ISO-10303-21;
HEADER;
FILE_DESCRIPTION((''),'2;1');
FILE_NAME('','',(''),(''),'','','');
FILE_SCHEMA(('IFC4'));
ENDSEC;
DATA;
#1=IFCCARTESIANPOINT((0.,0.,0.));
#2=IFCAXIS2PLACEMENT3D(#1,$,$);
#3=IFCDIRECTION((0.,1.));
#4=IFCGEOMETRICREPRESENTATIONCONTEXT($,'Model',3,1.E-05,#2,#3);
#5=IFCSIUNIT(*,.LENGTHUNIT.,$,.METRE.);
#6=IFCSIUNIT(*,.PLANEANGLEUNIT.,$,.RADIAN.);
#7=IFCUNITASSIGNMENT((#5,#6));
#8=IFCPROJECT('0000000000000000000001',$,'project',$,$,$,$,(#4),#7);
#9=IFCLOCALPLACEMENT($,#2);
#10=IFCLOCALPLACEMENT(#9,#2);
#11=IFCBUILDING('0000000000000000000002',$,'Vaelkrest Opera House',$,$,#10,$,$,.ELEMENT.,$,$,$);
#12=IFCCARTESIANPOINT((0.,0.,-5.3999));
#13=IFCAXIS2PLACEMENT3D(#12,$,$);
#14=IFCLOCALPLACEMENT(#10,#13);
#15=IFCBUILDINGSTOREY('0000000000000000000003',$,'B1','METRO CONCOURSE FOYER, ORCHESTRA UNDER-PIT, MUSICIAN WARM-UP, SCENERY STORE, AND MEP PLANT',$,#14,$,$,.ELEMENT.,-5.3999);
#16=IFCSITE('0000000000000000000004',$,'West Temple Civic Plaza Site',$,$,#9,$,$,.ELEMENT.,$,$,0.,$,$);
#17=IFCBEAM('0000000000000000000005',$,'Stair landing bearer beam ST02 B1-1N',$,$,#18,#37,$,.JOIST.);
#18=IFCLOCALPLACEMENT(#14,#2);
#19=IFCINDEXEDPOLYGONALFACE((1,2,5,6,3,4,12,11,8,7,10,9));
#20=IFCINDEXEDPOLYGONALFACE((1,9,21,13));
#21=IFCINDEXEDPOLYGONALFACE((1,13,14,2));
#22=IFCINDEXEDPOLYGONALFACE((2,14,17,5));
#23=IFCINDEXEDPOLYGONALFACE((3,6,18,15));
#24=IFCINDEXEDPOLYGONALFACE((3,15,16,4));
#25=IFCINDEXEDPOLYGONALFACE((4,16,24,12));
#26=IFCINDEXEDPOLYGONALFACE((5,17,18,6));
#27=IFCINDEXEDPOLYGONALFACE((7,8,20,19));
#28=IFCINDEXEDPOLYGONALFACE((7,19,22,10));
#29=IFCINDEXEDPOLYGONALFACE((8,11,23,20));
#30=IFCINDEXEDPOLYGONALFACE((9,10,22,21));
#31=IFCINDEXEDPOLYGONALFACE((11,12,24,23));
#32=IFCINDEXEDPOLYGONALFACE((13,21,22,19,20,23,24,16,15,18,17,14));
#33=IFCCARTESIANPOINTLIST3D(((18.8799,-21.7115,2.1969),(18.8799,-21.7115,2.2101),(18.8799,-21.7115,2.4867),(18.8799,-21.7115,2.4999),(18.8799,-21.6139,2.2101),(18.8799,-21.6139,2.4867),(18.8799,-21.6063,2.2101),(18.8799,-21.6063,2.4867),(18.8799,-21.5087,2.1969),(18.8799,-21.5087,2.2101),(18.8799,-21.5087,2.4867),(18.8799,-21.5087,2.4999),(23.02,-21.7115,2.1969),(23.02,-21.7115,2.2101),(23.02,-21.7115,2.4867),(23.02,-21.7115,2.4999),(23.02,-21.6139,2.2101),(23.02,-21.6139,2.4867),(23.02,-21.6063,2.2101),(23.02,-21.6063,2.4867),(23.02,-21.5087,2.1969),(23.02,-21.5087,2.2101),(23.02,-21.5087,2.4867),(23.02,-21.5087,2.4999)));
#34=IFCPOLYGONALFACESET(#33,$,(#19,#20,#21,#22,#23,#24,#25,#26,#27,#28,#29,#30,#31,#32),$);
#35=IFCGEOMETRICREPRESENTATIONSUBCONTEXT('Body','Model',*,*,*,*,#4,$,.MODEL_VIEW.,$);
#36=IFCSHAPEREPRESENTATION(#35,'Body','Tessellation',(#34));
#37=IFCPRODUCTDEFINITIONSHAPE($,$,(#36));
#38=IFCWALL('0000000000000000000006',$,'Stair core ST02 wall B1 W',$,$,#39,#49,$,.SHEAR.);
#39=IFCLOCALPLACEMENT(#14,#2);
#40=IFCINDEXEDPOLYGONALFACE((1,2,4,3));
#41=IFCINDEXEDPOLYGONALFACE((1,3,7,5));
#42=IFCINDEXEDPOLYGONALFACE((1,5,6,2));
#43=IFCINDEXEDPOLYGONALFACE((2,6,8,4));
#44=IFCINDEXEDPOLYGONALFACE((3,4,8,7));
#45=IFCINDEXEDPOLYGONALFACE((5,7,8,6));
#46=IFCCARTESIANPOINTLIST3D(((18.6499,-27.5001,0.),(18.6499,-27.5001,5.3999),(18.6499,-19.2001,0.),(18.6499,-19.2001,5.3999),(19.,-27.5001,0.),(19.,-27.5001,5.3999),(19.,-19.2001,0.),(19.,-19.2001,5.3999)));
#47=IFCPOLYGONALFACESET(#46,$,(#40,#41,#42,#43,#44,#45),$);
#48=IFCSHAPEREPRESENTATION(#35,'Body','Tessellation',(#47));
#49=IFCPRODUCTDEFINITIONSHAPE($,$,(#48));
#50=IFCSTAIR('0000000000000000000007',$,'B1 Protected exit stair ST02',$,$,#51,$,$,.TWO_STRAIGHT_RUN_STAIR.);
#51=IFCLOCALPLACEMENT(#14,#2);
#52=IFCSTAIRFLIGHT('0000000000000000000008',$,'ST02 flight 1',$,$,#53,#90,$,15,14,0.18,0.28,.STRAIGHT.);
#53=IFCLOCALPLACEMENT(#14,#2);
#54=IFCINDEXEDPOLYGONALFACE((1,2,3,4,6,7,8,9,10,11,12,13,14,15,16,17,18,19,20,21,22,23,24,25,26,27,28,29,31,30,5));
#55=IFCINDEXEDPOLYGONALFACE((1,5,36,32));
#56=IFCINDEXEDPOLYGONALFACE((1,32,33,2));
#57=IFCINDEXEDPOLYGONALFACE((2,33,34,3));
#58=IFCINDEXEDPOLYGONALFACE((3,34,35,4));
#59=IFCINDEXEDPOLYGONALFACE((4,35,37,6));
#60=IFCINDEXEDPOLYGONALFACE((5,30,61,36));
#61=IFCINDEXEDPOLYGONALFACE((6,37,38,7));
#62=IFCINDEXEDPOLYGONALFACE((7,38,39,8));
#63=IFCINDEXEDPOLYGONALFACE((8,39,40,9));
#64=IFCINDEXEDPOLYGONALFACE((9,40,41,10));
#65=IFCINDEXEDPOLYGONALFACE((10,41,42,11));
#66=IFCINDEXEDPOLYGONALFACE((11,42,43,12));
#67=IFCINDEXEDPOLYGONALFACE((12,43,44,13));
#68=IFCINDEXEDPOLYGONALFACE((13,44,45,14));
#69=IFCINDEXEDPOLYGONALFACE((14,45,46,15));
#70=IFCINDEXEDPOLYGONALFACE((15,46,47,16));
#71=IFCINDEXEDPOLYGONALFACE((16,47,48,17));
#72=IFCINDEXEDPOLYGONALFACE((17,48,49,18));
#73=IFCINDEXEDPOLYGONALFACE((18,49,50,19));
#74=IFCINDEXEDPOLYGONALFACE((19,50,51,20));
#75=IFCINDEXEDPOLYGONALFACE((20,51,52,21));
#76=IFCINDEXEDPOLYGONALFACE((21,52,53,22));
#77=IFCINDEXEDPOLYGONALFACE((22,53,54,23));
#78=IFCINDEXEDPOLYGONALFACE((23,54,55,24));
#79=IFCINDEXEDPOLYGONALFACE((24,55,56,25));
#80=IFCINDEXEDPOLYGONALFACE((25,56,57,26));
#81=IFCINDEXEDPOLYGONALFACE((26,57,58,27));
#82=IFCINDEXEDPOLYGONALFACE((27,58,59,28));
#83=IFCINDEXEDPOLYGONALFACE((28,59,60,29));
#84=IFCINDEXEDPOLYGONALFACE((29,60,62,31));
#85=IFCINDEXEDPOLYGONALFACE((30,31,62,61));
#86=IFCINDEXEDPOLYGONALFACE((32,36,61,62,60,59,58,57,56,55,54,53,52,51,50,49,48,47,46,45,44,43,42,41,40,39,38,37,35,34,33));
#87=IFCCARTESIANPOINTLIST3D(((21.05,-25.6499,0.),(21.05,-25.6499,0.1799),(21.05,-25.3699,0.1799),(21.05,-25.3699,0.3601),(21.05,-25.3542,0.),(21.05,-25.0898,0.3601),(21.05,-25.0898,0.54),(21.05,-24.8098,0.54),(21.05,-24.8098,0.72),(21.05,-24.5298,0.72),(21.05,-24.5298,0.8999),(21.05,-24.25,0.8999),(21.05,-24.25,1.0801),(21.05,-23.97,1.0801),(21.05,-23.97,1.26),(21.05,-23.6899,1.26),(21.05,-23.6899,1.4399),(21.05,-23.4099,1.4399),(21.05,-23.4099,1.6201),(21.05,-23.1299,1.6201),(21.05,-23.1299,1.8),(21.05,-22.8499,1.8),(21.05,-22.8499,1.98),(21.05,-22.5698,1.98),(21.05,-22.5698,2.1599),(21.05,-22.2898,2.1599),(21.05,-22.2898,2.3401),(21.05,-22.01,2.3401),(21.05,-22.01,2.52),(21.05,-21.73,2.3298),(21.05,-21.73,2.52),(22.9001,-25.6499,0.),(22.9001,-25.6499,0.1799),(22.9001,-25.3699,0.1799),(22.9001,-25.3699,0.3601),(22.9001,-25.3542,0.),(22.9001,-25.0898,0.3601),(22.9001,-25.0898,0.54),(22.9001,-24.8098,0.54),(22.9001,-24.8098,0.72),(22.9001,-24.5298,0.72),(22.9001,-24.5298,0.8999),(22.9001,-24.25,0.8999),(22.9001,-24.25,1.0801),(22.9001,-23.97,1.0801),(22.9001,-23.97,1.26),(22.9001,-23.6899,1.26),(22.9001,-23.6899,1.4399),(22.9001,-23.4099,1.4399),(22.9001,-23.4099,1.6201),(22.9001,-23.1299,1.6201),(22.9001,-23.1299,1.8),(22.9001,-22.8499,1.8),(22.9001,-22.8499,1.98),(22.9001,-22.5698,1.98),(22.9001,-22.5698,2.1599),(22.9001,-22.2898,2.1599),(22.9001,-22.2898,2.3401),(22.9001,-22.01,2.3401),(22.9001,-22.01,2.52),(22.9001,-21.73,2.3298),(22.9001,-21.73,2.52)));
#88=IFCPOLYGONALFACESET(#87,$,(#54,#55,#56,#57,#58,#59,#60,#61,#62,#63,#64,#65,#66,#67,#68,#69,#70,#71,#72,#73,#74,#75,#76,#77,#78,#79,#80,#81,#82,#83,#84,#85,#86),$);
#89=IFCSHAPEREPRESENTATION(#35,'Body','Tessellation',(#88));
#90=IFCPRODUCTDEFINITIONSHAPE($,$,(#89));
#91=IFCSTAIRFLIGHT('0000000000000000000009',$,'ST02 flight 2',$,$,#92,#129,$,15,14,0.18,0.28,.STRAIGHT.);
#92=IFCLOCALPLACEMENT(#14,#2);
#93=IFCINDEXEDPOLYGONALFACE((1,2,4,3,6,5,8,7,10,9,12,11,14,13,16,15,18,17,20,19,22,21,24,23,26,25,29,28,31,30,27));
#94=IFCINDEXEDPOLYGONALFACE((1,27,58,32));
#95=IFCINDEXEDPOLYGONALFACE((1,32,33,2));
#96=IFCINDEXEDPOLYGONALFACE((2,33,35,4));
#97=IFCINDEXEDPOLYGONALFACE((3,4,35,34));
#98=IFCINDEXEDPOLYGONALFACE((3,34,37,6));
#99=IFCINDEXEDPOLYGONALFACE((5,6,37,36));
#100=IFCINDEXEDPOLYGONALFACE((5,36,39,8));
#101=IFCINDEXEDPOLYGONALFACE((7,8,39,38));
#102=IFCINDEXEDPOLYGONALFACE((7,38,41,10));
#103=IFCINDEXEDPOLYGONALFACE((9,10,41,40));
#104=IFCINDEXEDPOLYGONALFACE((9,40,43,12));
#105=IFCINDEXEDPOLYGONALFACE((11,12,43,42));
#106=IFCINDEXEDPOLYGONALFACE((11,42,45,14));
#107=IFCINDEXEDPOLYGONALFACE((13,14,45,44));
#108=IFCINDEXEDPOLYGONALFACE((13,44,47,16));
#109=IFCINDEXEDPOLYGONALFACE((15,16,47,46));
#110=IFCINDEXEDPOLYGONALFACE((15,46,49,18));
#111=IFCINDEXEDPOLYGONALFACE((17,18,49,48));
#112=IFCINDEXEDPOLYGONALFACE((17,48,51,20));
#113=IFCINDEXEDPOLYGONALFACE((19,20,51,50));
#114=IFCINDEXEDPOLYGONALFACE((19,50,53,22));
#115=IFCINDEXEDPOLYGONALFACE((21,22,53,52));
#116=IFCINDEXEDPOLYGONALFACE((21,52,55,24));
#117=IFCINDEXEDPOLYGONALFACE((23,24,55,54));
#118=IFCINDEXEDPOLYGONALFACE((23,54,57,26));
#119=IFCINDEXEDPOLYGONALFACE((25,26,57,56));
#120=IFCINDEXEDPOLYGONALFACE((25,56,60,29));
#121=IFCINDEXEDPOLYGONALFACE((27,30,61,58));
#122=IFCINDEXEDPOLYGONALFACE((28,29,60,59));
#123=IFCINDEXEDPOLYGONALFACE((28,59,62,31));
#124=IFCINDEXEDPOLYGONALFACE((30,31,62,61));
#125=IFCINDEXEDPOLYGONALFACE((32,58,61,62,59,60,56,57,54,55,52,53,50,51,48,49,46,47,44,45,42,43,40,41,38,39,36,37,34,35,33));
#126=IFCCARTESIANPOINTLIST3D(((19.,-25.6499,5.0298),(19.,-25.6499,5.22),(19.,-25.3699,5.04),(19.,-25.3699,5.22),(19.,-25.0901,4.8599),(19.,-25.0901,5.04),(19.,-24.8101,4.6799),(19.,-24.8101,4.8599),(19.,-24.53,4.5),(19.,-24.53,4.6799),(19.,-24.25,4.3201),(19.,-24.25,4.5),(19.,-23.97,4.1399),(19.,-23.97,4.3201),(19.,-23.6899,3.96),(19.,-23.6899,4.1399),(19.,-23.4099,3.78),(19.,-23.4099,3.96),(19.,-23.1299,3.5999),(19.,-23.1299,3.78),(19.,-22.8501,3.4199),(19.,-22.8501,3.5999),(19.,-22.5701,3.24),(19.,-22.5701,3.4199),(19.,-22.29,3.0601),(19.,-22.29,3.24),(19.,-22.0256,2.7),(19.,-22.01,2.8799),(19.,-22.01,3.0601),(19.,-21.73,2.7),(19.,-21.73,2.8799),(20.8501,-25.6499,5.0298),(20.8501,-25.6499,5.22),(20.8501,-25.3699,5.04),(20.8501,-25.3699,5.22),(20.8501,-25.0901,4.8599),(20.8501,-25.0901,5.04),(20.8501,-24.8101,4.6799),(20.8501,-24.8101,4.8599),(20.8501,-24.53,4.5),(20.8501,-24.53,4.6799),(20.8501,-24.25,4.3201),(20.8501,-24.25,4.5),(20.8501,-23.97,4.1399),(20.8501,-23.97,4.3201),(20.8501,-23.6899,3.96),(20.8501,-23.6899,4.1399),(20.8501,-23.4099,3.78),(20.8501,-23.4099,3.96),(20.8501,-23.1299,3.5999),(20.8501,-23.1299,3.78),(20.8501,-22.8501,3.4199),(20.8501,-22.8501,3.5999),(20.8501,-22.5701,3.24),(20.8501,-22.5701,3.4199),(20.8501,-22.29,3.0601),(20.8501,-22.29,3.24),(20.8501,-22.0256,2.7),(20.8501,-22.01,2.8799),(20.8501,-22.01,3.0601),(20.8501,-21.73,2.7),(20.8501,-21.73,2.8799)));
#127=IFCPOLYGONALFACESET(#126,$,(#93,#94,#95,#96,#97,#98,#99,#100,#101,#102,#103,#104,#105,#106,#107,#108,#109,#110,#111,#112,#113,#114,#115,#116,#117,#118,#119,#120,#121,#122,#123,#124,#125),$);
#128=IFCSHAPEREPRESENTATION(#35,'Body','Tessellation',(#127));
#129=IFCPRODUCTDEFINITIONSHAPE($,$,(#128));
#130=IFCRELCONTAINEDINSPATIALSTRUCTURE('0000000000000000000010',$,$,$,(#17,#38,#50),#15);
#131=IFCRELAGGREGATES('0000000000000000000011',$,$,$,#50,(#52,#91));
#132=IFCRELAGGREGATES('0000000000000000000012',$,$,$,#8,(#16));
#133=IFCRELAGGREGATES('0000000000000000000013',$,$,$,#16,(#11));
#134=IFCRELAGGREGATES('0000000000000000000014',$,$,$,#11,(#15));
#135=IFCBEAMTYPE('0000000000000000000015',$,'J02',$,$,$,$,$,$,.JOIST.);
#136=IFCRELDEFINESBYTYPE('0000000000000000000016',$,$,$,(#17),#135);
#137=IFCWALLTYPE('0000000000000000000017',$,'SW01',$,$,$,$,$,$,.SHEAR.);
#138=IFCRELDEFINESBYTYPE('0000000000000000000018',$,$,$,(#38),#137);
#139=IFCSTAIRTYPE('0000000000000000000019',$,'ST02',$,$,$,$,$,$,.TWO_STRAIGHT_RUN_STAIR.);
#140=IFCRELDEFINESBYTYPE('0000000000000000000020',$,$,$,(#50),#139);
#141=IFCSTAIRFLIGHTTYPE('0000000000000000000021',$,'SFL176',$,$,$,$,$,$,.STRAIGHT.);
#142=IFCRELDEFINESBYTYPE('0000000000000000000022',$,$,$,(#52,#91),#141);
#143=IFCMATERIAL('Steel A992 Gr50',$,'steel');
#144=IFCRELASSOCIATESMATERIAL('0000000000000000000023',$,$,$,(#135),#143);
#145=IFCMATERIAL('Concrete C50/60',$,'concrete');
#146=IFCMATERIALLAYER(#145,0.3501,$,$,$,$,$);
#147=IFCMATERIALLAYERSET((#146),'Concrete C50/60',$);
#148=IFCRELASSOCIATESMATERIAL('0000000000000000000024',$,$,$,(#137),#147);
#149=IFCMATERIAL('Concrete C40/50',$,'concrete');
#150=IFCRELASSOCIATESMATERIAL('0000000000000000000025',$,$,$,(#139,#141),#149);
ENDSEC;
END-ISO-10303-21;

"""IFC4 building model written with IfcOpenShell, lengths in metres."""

from ifc_helpers import new_model, si_unit, direction, frame, frame_2d, origin, origin_2d, place, context, subcontext, project, spatial, polyline, rectangle, i_section, outline, extrude, material, layer, layer_set, material_profile, profile_set, type_object, element, aggregate, save


model = new_model("IFC4")

# Units and contexts
model_context = context("Model", 3, precision=1e-05, world=origin(), true_north=direction((0.0, 1.0)))
body_context = subcontext(model_context, "Body", "Model", "MODEL_VIEW")
ifc_project = project(units=[si_unit("LENGTHUNIT", "METRE"), si_unit("PLANEANGLEUNIT", "RADIAN")], contexts=[model_context])

# Site, building, storey
site_placement = place(None, origin())
site = spatial("IfcSite", under=ifc_project, at=site_placement, Name="West Temple Civic Plaza Site", CompositionType="ELEMENT", RefElevation=0.0)
building_placement = place(site_placement, origin())
building = spatial("IfcBuilding", under=site, at=building_placement, Name="Vaelkrest Opera House", CompositionType="ELEMENT")
storey_placement = place(building_placement, frame((0.0, 0.0, -5.3999)))
storey = spatial("IfcBuildingStorey", under=building, at=storey_placement, Name="B1", Description="METRO CONCOURSE FOYER, ORCHESTRA UNDER-PIT, MUSICIAN WARM-UP, SCENERY STORE, AND MEP PLANT", CompositionType="ELEMENT", Elevation=-5.3999)

# Shared definitions
ifc_material_1 = material(Name="Concrete C40/50", Category="concrete")

# Shared definitions
ifc_material_2 = material(Name="Concrete C50/60", Category="concrete")

# Beam
ifc_material_3 = material(Name="Steel A992 Gr50", Category="steel")
ifc_material_profile_1 = material_profile(ifc_material_3, i_section(OverallWidth=0.2029, OverallDepth=0.303, WebThickness=0.0076, FlangeThickness=0.0132, at=origin_2d()), Name="W12X40")
ifc_profile_set_1 = profile_set([ifc_material_profile_1], Name="Steel A992 Gr50")
beam_type_1 = type_object("IfcBeamType", Name="J02", PredefinedType="JOIST", material=ifc_profile_set_1)
beam_1_placement = place(storey_placement, frame((18.8799, -21.6101, 2.3484), z_axis=(1.0, 0.0, 0.0), x_axis=(0.0, 1.0, 0.0)))
element("IfcBeam", 1, at=beam_1_placement, inside=storey, type_object=beam_type_1, Name="Stair landing bearer beam ST02 B1-1N", PredefinedType="JOIST", context=body_context, shape_type="SweptSolid", body=[
    extrude(i_section(OverallWidth=0.2029, OverallDepth=0.303, WebThickness=0.0076, FlangeThickness=0.0132, at=origin_2d()), origin(), (0.0, 0.0, 1.0), 4.1401),
])

# Shared definitions
ifc_layer = layer(ifc_material_2, 0.3501)
ifc_layer_set = layer_set([ifc_layer], Name="Concrete C50/60")
wall_type = type_object("IfcWallType", Name="SW01", PredefinedType="SHEAR", material=ifc_layer_set)

# Wall
wall_1_placement = place(storey_placement, frame((18.825, -27.5, 0.0), z_axis=(0.0, 0.0, 1.0), x_axis=(0.0, 1.0, 0.0)))
element("IfcWall", 2, at=wall_1_placement, inside=storey, type_object=wall_type, Name="Stair core ST02 wall B1 W", PredefinedType="SHEAR", context=body_context, shape_type="SweptSolid", body=[
    extrude(rectangle(XDim=8.3, YDim=0.3501, at=frame_2d((4.1499, 0.0))), origin(), (0.0, 0.0, 1.0), 5.3999),
])

# Stair, stair flights
stair_type = type_object("IfcStairType", Name="ST02", PredefinedType="TWO_STRAIGHT_RUN_STAIR", material=ifc_material_1)
stair_placement = place(storey_placement, origin())
stair = element("IfcStair", 3, at=stair_placement, inside=storey, type_object=stair_type, Name="B1 Protected exit stair ST02", PredefinedType="TWO_STRAIGHT_RUN_STAIR")
stair_flight_type = type_object("IfcStairFlightType", Name="SFL176", PredefinedType="STRAIGHT", material=ifc_material_1)
stair_flight_1_placement = place(storey_placement, frame((21.9751, -25.6499, 0.0), z_axis=(0.0, 0.0, 1.0), x_axis=(0.0, 1.0, 0.0)))
stair_flight_1 = element("IfcStairFlight", 4, at=stair_flight_1_placement, type_object=stair_flight_type, Name="ST02 flight 1", NumberOfRisers=15, NumberOfTreads=14, PredefinedType="STRAIGHT", RiserHeight=0.18, TreadLength=0.28, context=body_context, shape_type="SweptSolid", body=[
    extrude(outline(polyline([(0.0, 0.0), (0.0, 0.1799), (0.28, 0.1799), (0.28, 0.3601), (0.5601, 0.3601), (0.5601, 0.54), (0.8401, 0.54), (0.8401, 0.72), (1.1201, 0.72), (1.1201, 0.8999), (1.3999, 0.8999), (1.3999, 1.0801), (1.6799, 1.0801), (1.6799, 1.26), (1.96, 1.26), (1.96, 1.4399), (2.24, 1.4399), (2.24, 1.6201), (2.52, 1.6201), (2.52, 1.8), (2.8, 1.8), (2.8, 1.98), (3.0801, 1.98), (3.0801, 2.1599), (3.3601, 2.1599), (3.3601, 2.3401), (3.6399, 2.3401), (3.6399, 2.52), (3.9199, 2.52), (3.9199, 2.7), (3.9199, 2.3298), (0.2957, 0.0), (0.0, 0.0)])), frame((0.0, 0.925, 0.0), z_axis=(0.0, -1.0, 0.0), x_axis=(1.0, 0.0, 0.0)), (0.0, 0.0, 1.0), 1.8501),
])
stair_flight_2_placement = place(storey_placement, frame((19.925, -21.73, 2.7), z_axis=(0.0, 0.0, 1.0), x_axis=(0.0, -1.0, 0.0)))
stair_flight_2 = element("IfcStairFlight", 5, at=stair_flight_2_placement, type_object=stair_flight_type, Name="ST02 flight 2", NumberOfRisers=15, NumberOfTreads=14, PredefinedType="STRAIGHT", RiserHeight=0.18, TreadLength=0.28, context=body_context, shape_type="SweptSolid", body=[
    extrude(outline(polyline([(0.0, 0.0), (0.0, 0.1799), (0.28, 0.1799), (0.28, 0.3601), (0.5601, 0.3601), (0.5601, 0.54), (0.8401, 0.54), (0.8401, 0.72), (1.1201, 0.72), (1.1201, 0.8999), (1.3999, 0.8999), (1.3999, 1.0801), (1.6799, 1.0801), (1.6799, 1.26), (1.96, 1.26), (1.96, 1.4399), (2.24, 1.4399), (2.24, 1.6201), (2.52, 1.6201), (2.52, 1.8), (2.8, 1.8), (2.8, 1.98), (3.0801, 1.98), (3.0801, 2.1599), (3.3601, 2.1599), (3.3601, 2.3401), (3.6399, 2.3401), (3.6399, 2.52), (3.9199, 2.52), (3.9199, 2.7), (3.9199, 2.3298), (0.2957, 0.0), (0.0, 0.0)])), frame((0.0, 0.925, 0.0), z_axis=(0.0, -1.0, 0.0), x_axis=(1.0, 0.0, 0.0)), (0.0, 0.0, 1.0), 1.8501),
])
aggregate(stair, [stair_flight_1, stair_flight_2])

save(model, "model.ifc")
